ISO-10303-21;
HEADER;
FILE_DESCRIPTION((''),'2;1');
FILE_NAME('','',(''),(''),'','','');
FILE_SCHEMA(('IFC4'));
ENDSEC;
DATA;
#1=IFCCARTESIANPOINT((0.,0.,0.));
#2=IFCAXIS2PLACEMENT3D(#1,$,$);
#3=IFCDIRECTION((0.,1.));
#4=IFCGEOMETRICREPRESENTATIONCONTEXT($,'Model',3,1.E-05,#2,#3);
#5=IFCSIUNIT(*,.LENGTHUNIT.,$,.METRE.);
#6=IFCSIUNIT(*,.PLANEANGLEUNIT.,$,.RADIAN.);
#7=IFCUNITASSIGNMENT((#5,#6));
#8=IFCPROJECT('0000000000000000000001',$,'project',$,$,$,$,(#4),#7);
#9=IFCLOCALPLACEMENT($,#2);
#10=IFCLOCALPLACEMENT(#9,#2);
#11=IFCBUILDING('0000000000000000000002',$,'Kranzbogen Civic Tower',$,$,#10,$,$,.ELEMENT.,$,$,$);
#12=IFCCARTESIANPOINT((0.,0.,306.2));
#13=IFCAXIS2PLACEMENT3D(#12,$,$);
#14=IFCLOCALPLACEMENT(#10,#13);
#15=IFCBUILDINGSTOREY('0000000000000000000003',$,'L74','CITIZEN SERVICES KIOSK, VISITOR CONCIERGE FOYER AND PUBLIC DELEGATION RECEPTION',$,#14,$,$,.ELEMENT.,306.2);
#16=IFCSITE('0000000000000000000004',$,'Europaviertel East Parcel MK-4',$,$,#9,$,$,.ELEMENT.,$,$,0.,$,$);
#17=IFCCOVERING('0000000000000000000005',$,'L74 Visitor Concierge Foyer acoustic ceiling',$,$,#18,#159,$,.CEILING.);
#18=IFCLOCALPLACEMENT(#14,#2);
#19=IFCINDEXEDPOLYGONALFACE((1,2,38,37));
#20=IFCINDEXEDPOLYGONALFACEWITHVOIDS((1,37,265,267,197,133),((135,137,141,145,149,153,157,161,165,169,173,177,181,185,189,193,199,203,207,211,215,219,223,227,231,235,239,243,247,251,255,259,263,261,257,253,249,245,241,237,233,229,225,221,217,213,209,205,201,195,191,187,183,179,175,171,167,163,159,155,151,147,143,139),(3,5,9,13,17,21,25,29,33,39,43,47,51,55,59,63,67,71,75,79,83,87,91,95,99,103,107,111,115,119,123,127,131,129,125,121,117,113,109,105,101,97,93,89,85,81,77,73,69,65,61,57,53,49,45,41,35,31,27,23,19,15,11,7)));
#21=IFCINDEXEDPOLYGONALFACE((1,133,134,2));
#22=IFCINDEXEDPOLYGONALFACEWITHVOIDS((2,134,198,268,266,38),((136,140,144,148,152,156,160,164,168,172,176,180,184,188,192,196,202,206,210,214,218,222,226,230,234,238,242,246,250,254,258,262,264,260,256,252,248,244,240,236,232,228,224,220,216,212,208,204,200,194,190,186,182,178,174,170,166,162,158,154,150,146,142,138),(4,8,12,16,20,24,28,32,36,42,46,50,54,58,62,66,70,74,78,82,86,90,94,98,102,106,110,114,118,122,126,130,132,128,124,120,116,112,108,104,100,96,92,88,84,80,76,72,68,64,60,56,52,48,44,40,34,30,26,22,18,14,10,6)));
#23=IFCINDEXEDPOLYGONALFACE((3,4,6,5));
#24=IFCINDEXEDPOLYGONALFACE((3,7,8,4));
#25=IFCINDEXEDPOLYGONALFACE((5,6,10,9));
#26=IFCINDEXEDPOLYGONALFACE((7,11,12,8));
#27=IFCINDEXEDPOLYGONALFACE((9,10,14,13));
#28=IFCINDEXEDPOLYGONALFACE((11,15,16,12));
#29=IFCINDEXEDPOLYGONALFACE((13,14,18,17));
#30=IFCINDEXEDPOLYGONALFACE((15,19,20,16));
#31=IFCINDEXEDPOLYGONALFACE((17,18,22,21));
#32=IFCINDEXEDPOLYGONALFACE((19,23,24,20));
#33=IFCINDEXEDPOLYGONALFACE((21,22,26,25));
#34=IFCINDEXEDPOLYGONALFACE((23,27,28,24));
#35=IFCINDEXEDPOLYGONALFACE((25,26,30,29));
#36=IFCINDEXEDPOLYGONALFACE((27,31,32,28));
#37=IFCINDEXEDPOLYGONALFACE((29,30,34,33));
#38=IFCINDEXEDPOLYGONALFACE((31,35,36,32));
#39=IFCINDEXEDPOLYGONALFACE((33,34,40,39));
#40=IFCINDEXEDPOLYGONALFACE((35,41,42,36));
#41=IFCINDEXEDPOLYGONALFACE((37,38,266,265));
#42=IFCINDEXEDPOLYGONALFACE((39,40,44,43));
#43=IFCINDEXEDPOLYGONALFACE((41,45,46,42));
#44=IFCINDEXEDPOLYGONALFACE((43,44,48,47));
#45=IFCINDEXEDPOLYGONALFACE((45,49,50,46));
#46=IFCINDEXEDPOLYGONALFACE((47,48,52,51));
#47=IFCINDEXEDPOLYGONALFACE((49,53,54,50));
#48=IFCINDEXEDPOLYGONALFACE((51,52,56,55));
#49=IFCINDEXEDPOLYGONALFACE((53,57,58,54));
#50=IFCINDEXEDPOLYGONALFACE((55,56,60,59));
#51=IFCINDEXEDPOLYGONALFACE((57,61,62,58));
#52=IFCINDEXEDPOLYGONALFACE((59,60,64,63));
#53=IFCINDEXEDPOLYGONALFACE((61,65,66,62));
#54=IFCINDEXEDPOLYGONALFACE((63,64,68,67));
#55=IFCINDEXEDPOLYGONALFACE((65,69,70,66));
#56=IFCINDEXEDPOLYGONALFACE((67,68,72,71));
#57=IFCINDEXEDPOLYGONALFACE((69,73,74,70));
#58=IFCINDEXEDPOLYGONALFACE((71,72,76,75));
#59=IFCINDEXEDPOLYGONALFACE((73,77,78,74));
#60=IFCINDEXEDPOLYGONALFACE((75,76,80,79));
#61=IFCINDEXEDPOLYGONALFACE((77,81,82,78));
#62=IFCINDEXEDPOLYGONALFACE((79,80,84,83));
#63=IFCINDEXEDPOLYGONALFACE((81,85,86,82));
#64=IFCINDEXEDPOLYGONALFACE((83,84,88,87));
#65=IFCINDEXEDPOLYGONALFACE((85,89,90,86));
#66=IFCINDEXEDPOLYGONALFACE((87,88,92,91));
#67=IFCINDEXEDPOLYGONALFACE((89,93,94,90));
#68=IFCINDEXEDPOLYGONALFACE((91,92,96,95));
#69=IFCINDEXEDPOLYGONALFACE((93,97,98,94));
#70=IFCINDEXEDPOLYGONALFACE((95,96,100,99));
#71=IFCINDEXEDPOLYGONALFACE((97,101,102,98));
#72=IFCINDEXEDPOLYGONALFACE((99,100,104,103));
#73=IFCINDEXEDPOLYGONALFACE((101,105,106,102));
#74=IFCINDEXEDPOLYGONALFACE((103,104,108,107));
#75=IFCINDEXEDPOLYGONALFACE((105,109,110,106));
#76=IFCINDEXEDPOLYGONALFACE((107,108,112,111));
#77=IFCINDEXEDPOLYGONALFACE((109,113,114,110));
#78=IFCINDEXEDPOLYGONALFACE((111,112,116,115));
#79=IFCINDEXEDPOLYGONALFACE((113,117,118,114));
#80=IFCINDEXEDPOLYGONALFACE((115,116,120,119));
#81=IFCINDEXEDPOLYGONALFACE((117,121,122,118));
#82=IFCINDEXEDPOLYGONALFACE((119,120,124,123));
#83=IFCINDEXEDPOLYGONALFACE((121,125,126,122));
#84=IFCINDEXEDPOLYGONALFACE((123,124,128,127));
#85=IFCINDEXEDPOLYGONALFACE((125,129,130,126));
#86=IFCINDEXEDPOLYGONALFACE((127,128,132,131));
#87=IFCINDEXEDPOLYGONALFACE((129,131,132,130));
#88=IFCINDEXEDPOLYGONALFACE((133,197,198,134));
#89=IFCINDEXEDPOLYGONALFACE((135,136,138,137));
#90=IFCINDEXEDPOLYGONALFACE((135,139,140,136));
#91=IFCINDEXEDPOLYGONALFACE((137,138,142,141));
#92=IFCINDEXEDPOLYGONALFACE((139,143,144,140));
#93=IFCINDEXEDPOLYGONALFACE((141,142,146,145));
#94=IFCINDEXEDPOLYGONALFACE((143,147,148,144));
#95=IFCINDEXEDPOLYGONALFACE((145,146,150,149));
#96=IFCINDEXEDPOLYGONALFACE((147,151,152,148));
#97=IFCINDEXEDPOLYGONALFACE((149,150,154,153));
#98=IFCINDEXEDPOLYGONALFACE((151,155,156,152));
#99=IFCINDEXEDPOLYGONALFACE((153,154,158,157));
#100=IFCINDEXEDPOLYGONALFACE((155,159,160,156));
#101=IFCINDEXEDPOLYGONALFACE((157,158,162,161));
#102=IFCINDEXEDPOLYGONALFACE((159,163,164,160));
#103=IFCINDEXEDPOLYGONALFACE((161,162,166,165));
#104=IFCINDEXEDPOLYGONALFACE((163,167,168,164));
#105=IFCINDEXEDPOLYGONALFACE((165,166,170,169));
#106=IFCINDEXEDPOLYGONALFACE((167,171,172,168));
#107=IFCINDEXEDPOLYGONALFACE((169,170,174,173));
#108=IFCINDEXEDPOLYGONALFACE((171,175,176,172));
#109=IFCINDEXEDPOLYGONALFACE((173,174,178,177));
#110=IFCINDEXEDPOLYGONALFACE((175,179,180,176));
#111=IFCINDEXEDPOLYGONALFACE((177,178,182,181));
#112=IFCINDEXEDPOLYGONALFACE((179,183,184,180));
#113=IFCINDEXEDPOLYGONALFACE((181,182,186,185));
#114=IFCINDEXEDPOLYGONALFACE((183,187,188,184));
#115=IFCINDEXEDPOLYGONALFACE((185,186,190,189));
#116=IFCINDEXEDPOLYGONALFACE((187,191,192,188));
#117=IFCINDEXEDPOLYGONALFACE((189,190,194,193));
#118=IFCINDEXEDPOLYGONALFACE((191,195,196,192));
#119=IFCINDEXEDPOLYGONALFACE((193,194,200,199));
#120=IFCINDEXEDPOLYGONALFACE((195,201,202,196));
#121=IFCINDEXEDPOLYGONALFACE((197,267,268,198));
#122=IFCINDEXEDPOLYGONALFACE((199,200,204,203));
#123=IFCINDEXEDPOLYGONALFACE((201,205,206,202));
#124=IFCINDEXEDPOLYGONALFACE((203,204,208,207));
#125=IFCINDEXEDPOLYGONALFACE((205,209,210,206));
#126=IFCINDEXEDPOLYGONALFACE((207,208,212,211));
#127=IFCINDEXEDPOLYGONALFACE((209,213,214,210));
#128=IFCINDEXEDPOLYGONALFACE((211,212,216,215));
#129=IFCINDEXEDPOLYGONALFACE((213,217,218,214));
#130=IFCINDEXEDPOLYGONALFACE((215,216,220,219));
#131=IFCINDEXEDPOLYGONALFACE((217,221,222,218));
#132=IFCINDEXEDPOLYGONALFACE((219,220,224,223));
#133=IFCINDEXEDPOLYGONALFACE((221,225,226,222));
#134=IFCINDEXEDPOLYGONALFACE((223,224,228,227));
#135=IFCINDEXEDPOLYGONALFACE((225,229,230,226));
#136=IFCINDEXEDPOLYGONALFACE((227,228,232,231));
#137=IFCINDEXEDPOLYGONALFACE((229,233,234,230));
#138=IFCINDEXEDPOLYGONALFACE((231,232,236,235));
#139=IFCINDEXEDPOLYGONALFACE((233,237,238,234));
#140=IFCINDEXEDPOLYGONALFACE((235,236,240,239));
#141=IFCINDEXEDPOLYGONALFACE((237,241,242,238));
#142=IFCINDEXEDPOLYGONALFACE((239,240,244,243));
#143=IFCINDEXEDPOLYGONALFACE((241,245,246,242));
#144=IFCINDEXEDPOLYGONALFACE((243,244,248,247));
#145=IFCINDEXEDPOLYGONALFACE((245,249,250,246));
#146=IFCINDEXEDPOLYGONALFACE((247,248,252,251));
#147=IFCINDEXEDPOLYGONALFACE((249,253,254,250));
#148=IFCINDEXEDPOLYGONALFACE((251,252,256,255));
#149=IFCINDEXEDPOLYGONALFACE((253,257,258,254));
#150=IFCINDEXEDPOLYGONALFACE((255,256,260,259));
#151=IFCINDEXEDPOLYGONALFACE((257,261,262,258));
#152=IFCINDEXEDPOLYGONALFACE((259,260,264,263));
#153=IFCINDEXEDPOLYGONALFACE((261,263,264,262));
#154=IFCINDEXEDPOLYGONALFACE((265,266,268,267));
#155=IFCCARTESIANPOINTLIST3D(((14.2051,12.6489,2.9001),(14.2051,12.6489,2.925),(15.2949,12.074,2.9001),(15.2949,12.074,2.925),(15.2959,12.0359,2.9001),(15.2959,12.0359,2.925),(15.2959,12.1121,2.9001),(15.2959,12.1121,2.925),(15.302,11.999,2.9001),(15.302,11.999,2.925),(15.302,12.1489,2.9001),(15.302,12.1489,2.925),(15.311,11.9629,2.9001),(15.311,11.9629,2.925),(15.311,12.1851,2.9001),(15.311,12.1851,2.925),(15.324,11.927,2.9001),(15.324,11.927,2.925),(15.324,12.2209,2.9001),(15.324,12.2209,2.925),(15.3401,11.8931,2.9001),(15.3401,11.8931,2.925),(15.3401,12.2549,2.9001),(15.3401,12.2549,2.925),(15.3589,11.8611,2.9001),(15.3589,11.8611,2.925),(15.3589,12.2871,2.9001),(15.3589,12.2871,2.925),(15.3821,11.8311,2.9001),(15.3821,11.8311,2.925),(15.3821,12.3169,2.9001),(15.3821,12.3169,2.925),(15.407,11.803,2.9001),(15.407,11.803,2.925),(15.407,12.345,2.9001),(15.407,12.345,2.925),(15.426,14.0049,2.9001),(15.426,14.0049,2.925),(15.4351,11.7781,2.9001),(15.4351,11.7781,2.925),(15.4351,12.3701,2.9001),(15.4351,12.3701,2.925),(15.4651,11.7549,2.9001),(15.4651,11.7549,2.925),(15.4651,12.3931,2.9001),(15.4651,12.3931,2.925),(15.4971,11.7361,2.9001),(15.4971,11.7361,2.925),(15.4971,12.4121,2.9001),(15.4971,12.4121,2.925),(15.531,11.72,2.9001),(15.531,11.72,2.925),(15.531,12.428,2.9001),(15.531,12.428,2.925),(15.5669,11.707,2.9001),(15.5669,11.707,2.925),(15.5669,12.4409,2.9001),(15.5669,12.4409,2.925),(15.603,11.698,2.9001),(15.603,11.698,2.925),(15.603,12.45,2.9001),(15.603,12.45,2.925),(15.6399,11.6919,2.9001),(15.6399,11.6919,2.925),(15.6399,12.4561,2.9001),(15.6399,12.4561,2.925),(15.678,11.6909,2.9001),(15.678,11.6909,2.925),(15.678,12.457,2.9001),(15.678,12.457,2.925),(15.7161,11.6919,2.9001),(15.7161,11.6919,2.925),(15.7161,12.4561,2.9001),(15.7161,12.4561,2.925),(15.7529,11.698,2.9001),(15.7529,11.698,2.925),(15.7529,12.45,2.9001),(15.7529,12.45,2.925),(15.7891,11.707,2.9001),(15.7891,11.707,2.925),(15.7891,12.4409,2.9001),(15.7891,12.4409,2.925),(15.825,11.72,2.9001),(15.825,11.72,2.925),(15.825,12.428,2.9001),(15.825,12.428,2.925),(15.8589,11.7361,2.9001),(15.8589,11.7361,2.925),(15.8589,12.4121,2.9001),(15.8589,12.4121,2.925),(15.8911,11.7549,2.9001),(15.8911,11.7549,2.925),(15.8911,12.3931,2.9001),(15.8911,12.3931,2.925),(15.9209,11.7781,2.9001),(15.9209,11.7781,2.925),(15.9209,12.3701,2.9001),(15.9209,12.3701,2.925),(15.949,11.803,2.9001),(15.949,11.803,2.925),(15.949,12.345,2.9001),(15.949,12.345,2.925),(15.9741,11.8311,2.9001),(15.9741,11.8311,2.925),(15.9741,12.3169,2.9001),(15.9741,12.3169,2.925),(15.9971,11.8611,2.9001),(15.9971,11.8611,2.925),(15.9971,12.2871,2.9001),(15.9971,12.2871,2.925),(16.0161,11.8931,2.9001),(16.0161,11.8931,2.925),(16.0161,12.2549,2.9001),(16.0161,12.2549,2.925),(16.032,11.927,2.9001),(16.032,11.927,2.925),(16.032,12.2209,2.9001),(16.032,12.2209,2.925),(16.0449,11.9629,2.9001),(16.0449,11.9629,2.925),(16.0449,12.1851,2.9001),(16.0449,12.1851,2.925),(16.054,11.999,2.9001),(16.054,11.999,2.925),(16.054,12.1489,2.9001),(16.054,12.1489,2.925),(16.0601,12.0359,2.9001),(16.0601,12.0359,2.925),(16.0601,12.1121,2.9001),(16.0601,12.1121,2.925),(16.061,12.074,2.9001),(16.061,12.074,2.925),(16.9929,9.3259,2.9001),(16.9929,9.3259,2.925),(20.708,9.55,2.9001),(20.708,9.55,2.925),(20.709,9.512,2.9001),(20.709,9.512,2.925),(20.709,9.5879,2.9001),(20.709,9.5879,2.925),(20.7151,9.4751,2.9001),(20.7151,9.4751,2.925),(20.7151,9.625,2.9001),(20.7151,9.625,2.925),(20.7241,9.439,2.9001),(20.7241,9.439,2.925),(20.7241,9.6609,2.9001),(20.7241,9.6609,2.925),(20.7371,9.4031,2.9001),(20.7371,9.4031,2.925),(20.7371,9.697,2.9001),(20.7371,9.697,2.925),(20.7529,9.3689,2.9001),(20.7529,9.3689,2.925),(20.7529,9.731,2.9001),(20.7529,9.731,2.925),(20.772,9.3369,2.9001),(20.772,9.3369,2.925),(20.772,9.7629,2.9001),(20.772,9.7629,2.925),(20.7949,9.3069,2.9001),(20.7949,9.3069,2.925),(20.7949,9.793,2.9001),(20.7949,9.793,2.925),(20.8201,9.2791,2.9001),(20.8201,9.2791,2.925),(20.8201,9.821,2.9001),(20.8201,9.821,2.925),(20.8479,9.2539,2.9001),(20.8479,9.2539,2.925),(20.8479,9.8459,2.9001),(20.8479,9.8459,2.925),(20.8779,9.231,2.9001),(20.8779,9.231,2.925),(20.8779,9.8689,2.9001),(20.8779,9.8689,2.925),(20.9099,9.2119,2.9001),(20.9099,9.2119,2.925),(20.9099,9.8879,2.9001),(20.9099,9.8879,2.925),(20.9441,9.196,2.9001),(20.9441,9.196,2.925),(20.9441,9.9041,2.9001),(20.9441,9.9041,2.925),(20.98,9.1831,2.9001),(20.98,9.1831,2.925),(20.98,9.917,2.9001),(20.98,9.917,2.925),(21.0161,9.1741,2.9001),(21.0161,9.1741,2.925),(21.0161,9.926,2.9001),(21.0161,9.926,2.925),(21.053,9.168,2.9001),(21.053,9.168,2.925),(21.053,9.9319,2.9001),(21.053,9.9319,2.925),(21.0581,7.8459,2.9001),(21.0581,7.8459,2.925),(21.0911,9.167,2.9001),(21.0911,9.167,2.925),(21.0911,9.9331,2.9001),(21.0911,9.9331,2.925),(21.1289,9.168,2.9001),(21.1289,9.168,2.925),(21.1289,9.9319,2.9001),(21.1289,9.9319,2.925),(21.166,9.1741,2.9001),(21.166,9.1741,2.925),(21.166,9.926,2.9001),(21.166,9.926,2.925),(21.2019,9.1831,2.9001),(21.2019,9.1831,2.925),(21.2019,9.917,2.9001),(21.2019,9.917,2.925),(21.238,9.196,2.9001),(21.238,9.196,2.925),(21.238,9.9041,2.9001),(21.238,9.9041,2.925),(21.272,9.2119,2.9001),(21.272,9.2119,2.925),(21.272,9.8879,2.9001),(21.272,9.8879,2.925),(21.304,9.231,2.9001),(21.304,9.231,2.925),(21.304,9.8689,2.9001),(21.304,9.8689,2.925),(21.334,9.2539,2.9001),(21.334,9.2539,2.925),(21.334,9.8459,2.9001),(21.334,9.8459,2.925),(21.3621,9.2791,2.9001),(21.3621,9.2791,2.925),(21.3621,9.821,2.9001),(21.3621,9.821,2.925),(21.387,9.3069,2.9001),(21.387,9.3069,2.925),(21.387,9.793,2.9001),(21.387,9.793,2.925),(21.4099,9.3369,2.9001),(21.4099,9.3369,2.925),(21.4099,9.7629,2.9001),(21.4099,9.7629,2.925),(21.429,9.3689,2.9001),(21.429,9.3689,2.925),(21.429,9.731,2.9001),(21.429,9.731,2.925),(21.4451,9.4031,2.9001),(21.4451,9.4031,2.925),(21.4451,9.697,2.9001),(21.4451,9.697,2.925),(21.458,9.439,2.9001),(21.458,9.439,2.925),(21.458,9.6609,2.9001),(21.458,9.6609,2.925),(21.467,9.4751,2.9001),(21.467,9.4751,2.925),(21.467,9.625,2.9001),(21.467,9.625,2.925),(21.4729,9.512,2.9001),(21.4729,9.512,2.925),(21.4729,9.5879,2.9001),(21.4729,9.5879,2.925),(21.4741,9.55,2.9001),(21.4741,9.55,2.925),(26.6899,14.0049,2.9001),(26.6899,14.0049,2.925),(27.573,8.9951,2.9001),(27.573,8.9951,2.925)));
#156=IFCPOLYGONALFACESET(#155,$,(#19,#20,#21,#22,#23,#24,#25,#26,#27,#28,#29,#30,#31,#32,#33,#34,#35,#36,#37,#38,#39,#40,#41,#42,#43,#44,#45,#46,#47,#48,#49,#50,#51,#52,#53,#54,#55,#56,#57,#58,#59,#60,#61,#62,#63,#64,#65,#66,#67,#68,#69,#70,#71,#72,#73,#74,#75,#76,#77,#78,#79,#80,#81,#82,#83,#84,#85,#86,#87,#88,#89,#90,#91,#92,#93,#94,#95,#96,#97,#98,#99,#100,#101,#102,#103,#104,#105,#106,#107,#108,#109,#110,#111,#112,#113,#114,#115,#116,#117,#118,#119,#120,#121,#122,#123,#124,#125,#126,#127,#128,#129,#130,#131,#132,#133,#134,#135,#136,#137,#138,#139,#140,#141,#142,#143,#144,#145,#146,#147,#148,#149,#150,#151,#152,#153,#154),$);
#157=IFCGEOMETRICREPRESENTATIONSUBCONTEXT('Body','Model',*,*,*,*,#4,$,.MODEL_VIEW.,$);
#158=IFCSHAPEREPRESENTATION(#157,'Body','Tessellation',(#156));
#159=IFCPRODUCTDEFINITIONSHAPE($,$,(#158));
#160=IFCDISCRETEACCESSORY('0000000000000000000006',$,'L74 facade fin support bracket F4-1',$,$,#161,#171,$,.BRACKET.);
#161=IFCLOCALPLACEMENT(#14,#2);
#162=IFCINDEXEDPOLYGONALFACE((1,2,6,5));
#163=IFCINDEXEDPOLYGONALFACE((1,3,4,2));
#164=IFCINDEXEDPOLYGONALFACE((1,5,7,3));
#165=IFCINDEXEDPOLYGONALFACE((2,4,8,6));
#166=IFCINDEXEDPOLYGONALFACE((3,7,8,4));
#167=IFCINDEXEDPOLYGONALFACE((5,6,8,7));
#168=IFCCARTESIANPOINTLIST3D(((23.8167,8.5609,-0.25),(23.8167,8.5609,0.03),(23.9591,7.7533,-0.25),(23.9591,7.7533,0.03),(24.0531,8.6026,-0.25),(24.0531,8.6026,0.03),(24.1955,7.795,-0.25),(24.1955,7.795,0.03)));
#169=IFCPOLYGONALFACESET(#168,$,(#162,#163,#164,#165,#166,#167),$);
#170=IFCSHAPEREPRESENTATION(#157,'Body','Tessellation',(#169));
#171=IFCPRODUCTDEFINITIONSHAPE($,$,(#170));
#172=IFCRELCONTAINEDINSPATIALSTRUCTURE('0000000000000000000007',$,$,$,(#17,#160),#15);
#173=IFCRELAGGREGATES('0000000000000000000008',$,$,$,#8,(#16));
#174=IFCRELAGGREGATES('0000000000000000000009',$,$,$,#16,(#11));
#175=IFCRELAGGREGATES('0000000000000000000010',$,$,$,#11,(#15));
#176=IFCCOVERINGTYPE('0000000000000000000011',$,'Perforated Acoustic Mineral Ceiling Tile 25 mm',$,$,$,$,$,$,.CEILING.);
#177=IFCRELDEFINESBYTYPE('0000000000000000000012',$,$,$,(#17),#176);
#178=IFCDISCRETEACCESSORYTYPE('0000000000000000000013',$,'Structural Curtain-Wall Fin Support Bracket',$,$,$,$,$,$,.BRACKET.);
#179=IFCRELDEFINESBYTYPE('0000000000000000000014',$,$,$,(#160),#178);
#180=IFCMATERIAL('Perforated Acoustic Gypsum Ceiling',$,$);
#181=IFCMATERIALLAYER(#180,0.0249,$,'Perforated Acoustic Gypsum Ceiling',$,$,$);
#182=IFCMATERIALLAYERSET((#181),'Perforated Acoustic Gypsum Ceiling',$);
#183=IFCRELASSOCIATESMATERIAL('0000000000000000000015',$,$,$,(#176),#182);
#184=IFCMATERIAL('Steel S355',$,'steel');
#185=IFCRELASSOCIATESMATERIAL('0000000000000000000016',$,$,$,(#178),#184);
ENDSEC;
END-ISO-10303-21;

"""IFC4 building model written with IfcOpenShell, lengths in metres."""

from ifc_helpers import new_model, si_unit, direction, frame, origin, origin_2d, place, context, subcontext, project, spatial, polyline, rectangle, outline, extrude, material, layer, layer_set, type_object, element, save


model = new_model("IFC4")

# Units and contexts
model_context = context("Model", 3, precision=1e-05, world=origin(), true_north=direction((0.0, 1.0)))
body_context = subcontext(model_context, "Body", "Model", "MODEL_VIEW")
ifc_project = project(units=[si_unit("LENGTHUNIT", "METRE"), si_unit("PLANEANGLEUNIT", "RADIAN")], contexts=[model_context])

# Site, building, storey
site_placement = place(None, origin())
site = spatial("IfcSite", under=ifc_project, at=site_placement, Name="Europaviertel East Parcel MK-4", CompositionType="ELEMENT", RefElevation=0.0)
building_placement = place(site_placement, origin())
building = spatial("IfcBuilding", under=site, at=building_placement, Name="Kranzbogen Civic Tower", CompositionType="ELEMENT")
storey_placement = place(building_placement, frame((0.0, 0.0, 306.2)))
storey = spatial("IfcBuildingStorey", under=building, at=storey_placement, Name="L74", Description="CITIZEN SERVICES KIOSK, VISITOR CONCIERGE FOYER AND PUBLIC DELEGATION RECEPTION", CompositionType="ELEMENT", Elevation=306.2)

# Shared definitions
ifc_material_1 = material(Name="Steel S355", Category="steel")

# Covering
ifc_material_2 = material(Name="Perforated Acoustic Gypsum Ceiling")
ifc_layer_1 = layer(ifc_material_2, 0.0249, Name="Perforated Acoustic Gypsum Ceiling")
ifc_layer_set_1 = layer_set([ifc_layer_1], Name="Perforated Acoustic Gypsum Ceiling")
covering_type = type_object("IfcCoveringType", Name="Perforated Acoustic Mineral Ceiling Tile 25 mm", PredefinedType="CEILING", material=ifc_layer_set_1)
covering_1_placement = place(storey_placement, frame((0.0, 0.0, 2.9001)))
element("IfcCovering", 1, at=covering_1_placement, inside=storey, type_object=covering_type, Name="L74 Visitor Concierge Foyer acoustic ceiling", PredefinedType="CEILING", context=body_context, shape_type="SweptSolid", body=[
    extrude(outline(polyline([(16.9929, 9.3259), (14.2051, 12.6489), (15.426, 14.0049), (26.6899, 14.0049), (27.573, 8.9951), (21.0581, 7.8459), (16.9929, 9.3259)]), holes=[polyline([(21.4451, 9.4031), (21.429, 9.3689), (21.4099, 9.3369), (21.387, 9.3069), (21.3621, 9.2791), (21.334, 9.2539), (21.304, 9.231), (21.272, 9.2119), (21.238, 9.196), (21.2019, 9.1831), (21.166, 9.1741), (21.1289, 9.168), (21.0911, 9.167), (21.053, 9.168), (21.0161, 9.1741), (20.98, 9.1831), (20.9441, 9.196), (20.9099, 9.2119), (20.8779, 9.231), (20.8479, 9.2539), (20.8201, 9.2791), (20.7949, 9.3069), (20.772, 9.3369), (20.7529, 9.3689), (20.7371, 9.4031), (20.7241, 9.439), (20.7151, 9.4751), (20.709, 9.512), (20.708, 9.55), (20.709, 9.5879), (20.7151, 9.625), (20.7241, 9.6609), (20.7371, 9.697), (20.7529, 9.731), (20.772, 9.7629), (20.7949, 9.793), (20.8201, 9.821), (20.8479, 9.8459), (20.8779, 9.8689), (20.9099, 9.8879), (20.9441, 9.9041), (20.98, 9.917), (21.0161, 9.926), (21.053, 9.9319), (21.0911, 9.9331), (21.1289, 9.9319), (21.166, 9.926), (21.2019, 9.917), (21.238, 9.9041), (21.272, 9.8879), (21.304, 9.8689), (21.334, 9.8459), (21.3621, 9.821), (21.387, 9.793), (21.4099, 9.7629), (21.429, 9.731), (21.4451, 9.697), (21.458, 9.6609), (21.467, 9.625), (21.4729, 9.5879), (21.4741, 9.55), (21.4729, 9.512), (21.467, 9.4751), (21.458, 9.439), (21.4451, 9.4031)]), polyline([(16.032, 11.927), (16.0161, 11.8931), (15.9971, 11.8611), (15.9741, 11.8311), (15.949, 11.803), (15.9209, 11.7781), (15.8911, 11.7549), (15.8589, 11.7361), (15.825, 11.72), (15.7891, 11.707), (15.7529, 11.698), (15.7161, 11.6919), (15.678, 11.6909), (15.6399, 11.6919), (15.603, 11.698), (15.5669, 11.707), (15.531, 11.72), (15.4971, 11.7361), (15.4651, 11.7549), (15.4351, 11.7781), (15.407, 11.803), (15.3821, 11.8311), (15.3589, 11.8611), (15.3401, 11.8931), (15.324, 11.927), (15.311, 11.9629), (15.302, 11.999), (15.2959, 12.0359), (15.2949, 12.074), (15.2959, 12.1121), (15.302, 12.1489), (15.311, 12.1851), (15.324, 12.2209), (15.3401, 12.2549), (15.3589, 12.2871), (15.3821, 12.3169), (15.407, 12.345), (15.4351, 12.3701), (15.4651, 12.3931), (15.4971, 12.4121), (15.531, 12.428), (15.5669, 12.4409), (15.603, 12.45), (15.6399, 12.4561), (15.678, 12.457), (15.7161, 12.4561), (15.7529, 12.45), (15.7891, 12.4409), (15.825, 12.428), (15.8589, 12.4121), (15.8911, 12.3931), (15.9209, 12.3701), (15.949, 12.345), (15.9741, 12.3169), (15.9971, 12.2871), (16.0161, 12.2549), (16.032, 12.2209), (16.0449, 12.1851), (16.054, 12.1489), (16.0601, 12.1121), (16.061, 12.074), (16.0601, 12.0359), (16.054, 11.999), (16.0449, 11.9629), (16.032, 11.927)])]), origin(), (0.0, 0.0, 1.0), 0.0249),
])

# Discrete accessory
discrete_accessory_type = type_object("IfcDiscreteAccessoryType", Name="Structural Curtain-Wall Fin Support Bracket", PredefinedType="BRACKET", material=ifc_material_1)
discrete_accessory_placement = place(storey_placement, frame((24.0061, 8.178, -0.25), z_axis=(0.0, 0.0, 1.0), x_axis=(0.173648, -0.984808, 0.0)))
element("IfcDiscreteAccessory", 2, at=discrete_accessory_placement, inside=storey, type_object=discrete_accessory_type, Name="L74 facade fin support bracket F4-1", PredefinedType="BRACKET", context=body_context, shape_type="SweptSolid", body=[
    extrude(rectangle(XDim=0.8201, YDim=0.24, at=origin_2d()), origin(), (0.0, 0.0, 1.0), 0.28),
])

save(model, "model.ifc")
